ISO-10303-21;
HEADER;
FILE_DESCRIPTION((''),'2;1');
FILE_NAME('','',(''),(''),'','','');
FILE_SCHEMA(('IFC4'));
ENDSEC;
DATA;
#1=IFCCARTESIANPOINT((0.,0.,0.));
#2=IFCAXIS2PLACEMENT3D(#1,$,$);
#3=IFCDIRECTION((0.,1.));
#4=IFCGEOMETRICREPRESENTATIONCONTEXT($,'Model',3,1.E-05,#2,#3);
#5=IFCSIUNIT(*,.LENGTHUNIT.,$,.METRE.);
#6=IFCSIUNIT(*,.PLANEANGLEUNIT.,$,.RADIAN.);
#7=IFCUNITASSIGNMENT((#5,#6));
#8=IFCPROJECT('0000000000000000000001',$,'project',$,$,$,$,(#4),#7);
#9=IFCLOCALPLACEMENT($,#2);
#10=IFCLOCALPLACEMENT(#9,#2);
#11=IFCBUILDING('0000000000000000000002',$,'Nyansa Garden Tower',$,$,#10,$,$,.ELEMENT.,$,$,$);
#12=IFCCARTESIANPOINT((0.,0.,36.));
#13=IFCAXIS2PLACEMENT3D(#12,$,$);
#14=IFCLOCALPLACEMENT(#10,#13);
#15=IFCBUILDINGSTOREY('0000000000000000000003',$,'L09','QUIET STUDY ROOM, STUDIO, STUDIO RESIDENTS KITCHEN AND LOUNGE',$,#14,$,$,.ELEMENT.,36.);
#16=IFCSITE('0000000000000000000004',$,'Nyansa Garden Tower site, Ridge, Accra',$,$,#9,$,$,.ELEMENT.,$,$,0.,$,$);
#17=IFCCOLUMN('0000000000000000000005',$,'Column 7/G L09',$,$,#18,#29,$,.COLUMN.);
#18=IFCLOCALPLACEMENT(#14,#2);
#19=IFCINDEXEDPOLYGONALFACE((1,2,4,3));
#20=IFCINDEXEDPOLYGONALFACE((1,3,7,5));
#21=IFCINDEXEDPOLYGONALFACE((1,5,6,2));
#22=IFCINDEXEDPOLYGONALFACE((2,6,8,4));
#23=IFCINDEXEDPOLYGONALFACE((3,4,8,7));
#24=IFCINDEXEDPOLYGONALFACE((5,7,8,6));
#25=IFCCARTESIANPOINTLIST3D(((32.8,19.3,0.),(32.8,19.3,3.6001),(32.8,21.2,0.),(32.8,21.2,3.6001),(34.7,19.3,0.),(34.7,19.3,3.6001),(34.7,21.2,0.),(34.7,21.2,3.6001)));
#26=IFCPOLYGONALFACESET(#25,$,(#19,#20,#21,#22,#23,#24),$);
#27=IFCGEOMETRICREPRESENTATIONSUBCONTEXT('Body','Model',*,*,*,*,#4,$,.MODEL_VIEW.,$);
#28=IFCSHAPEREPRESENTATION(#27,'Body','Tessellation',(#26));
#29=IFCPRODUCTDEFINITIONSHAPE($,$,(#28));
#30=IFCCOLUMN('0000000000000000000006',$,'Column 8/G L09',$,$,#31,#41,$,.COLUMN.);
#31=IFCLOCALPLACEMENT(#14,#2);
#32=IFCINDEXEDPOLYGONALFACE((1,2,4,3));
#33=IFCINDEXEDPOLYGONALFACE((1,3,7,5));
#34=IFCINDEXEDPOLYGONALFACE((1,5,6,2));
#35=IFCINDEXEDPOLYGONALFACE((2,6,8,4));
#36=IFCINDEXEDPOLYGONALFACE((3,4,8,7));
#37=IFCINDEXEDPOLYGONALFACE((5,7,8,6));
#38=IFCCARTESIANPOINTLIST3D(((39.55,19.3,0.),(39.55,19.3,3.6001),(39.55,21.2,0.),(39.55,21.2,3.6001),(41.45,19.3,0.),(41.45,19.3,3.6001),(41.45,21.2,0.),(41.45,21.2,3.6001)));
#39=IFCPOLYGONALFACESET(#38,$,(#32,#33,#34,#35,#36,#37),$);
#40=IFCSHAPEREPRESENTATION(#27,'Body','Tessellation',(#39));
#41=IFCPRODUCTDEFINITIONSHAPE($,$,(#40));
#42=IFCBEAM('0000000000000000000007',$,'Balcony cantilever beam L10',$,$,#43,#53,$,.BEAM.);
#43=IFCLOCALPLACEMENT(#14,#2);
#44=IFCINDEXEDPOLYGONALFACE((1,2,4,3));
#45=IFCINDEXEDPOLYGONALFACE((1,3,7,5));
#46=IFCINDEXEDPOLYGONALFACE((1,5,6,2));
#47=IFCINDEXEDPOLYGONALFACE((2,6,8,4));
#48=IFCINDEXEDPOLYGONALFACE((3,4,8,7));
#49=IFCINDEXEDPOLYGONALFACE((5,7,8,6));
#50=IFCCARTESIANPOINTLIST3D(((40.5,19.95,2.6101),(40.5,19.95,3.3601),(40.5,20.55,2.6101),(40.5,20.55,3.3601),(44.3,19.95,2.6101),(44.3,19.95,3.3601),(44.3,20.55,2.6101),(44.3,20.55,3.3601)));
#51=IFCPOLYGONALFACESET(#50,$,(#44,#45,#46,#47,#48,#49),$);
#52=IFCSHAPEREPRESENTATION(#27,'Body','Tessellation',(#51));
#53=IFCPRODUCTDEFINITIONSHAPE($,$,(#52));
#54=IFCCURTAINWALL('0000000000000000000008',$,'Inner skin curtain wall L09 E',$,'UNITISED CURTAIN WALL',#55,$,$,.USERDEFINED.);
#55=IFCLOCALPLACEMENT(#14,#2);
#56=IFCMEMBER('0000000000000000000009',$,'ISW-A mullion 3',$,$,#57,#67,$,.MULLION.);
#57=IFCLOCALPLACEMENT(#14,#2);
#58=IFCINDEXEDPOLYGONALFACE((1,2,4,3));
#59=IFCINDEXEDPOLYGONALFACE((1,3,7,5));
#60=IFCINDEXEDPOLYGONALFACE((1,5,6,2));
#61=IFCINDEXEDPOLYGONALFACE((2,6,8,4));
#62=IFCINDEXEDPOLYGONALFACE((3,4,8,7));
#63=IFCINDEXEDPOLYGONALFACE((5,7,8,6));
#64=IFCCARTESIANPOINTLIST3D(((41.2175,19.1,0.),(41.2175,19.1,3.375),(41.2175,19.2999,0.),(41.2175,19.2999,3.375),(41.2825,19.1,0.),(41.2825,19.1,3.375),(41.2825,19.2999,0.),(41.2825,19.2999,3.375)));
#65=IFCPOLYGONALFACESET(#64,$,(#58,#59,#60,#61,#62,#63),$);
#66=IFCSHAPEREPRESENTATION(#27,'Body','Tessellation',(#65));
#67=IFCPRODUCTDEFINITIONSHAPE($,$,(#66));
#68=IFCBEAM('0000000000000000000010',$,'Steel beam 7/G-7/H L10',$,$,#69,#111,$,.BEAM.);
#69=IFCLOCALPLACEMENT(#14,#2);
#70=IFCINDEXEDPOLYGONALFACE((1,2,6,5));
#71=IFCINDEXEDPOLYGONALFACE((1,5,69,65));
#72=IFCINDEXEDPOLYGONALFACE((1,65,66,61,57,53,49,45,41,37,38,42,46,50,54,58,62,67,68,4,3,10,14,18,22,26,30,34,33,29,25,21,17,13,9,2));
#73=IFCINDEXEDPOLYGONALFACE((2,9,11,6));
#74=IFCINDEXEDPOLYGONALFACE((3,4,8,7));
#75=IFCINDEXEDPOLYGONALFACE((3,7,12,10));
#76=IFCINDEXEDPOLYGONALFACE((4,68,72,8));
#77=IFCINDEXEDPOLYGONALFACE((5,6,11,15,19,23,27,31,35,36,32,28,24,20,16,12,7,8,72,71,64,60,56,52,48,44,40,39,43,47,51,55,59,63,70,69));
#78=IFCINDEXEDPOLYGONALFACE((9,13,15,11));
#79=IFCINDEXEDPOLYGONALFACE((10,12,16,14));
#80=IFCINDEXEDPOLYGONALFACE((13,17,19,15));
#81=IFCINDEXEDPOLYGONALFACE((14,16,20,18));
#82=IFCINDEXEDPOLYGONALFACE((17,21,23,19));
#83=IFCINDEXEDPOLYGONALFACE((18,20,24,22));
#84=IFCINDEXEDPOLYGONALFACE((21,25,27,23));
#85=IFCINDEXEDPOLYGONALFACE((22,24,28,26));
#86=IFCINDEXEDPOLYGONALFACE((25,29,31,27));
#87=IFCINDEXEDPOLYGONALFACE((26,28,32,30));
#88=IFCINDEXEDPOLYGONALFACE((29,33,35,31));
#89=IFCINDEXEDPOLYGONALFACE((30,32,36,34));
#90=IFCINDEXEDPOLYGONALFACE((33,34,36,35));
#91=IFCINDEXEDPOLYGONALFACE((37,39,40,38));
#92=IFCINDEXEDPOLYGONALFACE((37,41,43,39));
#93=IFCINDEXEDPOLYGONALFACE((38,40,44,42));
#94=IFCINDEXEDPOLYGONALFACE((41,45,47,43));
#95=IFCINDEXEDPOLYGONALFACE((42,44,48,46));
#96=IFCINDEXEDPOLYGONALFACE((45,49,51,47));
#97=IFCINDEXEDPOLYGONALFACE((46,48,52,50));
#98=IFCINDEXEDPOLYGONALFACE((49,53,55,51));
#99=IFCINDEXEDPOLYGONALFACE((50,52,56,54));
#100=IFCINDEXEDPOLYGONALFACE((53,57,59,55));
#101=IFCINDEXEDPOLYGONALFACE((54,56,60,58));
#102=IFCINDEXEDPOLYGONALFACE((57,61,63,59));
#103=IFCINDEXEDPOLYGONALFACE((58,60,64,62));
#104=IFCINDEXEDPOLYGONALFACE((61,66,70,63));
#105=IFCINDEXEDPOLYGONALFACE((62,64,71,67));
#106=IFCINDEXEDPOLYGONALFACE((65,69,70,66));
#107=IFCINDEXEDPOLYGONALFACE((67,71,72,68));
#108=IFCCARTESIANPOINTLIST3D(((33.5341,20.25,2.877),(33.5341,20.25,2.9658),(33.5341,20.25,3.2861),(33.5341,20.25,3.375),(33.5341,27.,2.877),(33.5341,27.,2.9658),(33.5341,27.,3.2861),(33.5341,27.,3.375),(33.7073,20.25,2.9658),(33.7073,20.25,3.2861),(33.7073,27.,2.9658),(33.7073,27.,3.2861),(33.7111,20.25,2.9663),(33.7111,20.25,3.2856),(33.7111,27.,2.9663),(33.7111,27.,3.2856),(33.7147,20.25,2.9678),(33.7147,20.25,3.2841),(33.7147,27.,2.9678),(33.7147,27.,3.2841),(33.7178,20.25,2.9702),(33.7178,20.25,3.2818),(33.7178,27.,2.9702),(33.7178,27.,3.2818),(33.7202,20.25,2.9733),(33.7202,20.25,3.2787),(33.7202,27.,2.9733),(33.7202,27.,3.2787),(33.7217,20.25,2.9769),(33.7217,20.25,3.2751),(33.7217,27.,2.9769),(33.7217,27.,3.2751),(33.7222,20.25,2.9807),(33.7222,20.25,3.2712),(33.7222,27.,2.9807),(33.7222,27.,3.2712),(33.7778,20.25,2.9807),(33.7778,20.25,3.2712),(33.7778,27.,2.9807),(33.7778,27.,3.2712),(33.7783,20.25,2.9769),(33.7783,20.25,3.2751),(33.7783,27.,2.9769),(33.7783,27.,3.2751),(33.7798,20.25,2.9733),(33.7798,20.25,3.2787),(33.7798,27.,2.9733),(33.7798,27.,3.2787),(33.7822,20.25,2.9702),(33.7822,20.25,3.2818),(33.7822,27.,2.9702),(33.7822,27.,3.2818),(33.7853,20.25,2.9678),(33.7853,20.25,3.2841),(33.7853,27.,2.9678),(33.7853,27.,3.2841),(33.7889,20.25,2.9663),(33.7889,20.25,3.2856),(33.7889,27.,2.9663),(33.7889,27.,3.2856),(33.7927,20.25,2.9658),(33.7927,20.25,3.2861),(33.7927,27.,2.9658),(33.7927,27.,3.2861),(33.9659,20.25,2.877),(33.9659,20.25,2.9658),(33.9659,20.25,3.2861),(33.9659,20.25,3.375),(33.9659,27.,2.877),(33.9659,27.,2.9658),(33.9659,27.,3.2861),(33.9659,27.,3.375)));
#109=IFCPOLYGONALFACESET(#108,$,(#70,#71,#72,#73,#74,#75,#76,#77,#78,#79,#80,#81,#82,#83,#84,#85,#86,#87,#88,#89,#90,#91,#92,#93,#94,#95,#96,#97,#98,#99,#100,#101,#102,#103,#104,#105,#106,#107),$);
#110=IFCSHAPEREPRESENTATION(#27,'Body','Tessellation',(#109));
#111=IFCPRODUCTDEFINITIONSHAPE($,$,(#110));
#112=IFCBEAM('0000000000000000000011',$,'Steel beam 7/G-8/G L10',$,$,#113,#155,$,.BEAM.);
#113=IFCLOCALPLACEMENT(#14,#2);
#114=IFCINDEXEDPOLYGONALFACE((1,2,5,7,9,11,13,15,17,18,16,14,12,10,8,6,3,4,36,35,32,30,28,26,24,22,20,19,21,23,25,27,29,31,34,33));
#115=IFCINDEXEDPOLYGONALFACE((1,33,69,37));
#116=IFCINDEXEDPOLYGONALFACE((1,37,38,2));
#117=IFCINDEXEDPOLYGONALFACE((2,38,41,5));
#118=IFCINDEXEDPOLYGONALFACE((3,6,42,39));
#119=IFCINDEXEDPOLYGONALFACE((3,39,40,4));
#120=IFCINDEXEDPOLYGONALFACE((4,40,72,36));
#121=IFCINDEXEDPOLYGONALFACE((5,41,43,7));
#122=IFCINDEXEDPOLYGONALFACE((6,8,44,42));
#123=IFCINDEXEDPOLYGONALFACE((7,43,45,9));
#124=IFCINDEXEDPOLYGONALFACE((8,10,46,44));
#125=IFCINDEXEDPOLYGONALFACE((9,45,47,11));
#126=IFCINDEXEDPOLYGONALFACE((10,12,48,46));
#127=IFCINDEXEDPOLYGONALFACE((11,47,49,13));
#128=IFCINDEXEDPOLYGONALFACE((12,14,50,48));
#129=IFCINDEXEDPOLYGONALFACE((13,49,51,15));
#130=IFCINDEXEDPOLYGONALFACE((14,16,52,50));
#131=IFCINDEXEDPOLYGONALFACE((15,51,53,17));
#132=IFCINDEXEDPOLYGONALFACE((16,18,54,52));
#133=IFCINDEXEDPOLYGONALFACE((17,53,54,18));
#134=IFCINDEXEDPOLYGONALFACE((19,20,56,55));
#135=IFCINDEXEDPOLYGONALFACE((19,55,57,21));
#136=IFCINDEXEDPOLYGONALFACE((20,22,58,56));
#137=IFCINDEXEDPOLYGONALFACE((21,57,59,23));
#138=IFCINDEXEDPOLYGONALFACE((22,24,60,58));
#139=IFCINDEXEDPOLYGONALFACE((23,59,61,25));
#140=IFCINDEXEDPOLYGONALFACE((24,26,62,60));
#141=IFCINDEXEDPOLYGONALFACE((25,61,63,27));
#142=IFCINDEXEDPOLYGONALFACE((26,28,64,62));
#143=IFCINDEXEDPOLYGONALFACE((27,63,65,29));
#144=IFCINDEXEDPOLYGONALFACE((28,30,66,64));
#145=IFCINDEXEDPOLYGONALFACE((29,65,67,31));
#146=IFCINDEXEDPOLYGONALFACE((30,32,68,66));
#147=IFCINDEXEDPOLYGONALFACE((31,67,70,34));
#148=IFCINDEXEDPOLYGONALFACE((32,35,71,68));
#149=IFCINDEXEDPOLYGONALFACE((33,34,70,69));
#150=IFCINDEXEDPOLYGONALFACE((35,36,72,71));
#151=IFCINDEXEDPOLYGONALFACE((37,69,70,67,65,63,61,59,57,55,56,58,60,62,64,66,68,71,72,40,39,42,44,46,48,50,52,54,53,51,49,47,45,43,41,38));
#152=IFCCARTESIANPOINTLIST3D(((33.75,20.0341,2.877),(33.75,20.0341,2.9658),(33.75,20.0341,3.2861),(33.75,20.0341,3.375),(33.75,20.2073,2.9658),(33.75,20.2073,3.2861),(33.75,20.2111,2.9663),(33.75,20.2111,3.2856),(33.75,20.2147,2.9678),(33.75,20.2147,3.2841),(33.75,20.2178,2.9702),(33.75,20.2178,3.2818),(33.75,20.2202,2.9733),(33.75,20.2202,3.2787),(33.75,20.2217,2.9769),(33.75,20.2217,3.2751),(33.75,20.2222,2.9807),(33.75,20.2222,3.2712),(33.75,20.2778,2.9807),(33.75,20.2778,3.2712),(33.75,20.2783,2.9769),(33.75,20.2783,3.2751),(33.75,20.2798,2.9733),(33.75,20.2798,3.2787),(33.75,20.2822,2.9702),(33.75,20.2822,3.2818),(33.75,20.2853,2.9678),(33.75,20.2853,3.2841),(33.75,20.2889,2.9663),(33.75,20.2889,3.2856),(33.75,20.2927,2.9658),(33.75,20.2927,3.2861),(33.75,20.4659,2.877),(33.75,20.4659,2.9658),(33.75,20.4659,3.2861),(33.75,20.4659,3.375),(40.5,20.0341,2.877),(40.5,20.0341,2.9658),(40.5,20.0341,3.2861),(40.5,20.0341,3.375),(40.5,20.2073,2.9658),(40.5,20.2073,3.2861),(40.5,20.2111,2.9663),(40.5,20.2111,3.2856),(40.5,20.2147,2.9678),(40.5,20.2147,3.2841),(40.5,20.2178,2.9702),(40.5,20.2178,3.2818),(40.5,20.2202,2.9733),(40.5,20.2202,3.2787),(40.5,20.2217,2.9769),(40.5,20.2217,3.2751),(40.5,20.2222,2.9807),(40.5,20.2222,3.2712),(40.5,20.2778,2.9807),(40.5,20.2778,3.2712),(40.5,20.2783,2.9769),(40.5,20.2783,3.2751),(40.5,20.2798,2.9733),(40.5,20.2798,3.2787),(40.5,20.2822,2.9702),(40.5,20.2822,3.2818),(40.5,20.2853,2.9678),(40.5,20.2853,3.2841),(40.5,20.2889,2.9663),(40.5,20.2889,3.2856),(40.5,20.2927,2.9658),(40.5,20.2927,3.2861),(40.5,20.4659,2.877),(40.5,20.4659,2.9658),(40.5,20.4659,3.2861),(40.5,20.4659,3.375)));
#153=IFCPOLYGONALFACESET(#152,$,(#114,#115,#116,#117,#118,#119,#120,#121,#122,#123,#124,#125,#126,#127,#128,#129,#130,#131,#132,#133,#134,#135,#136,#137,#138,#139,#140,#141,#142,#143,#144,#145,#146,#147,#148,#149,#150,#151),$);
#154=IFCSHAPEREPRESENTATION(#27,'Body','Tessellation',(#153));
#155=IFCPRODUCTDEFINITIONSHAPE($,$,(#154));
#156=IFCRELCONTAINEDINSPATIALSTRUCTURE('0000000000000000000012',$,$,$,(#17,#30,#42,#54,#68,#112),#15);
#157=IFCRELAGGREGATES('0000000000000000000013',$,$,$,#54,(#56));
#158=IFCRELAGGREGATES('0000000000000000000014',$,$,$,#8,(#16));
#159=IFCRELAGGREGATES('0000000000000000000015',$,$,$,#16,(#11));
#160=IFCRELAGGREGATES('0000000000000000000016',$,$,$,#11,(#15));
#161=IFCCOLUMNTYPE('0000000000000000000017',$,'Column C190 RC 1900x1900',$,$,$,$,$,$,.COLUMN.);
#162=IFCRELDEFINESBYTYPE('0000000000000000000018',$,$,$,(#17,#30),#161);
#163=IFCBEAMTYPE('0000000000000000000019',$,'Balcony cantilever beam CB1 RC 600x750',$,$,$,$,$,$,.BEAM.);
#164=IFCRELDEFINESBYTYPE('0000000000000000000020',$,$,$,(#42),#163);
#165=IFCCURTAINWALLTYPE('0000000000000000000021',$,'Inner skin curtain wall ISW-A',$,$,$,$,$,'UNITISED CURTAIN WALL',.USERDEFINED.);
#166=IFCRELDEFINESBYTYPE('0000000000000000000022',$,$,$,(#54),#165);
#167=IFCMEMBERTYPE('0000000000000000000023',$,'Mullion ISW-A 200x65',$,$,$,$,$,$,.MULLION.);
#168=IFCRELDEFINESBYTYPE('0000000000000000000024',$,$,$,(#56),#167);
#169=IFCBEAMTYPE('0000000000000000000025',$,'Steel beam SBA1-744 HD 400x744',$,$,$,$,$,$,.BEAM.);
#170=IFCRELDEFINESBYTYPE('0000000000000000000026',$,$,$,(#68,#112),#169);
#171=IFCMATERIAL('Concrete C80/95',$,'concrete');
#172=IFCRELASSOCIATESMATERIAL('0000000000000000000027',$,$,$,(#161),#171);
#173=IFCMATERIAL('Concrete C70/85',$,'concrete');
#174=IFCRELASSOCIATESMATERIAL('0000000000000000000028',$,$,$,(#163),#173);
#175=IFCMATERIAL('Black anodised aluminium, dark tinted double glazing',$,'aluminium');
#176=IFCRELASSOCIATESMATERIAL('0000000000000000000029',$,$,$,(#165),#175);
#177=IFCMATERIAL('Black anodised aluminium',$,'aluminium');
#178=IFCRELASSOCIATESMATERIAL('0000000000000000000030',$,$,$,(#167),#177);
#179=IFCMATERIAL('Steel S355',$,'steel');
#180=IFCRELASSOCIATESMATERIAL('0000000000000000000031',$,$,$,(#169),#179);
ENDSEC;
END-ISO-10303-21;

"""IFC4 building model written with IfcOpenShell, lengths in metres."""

from ifc_helpers import new_model, si_unit, direction, frame, origin, origin_2d, place, context, subcontext, project, spatial, rectangle, i_section, extrude, material, material_profile, profile_set, type_object, element, aggregate, save


model = new_model("IFC4")

# Units and contexts
model_context = context("Model", 3, precision=1e-05, world=origin(), true_north=direction((0.0, 1.0)))
body_context = subcontext(model_context, "Body", "Model", "MODEL_VIEW")
ifc_project = project(units=[si_unit("LENGTHUNIT", "METRE"), si_unit("PLANEANGLEUNIT", "RADIAN")], contexts=[model_context])

# Site, building, storey
site_placement = place(None, origin())
site = spatial("IfcSite", under=ifc_project, at=site_placement, Name="Nyansa Garden Tower site, Ridge, Accra", CompositionType="ELEMENT", RefElevation=0.0)
building_placement = place(site_placement, origin())
building = spatial("IfcBuilding", under=site, at=building_placement, Name="Nyansa Garden Tower", CompositionType="ELEMENT")
storey_placement = place(building_placement, frame((0.0, 0.0, 36.0)))
storey = spatial("IfcBuildingStorey", under=building, at=storey_placement, Name="L09", Description="QUIET STUDY ROOM, STUDIO, STUDIO RESIDENTS KITCHEN AND LOUNGE", CompositionType="ELEMENT", Elevation=36.0)

# Columns
ifc_material_1 = material(Name="Concrete C80/95", Category="concrete")
ifc_material_profile_1 = material_profile(ifc_material_1, rectangle(XDim=1.8999, YDim=1.8999, at=origin_2d()), Name="RC 1900x1900")
ifc_profile_set_1 = profile_set([ifc_material_profile_1], Name="Concrete C80/95")
column_type = type_object("IfcColumnType", Name="Column C190 RC 1900x1900", PredefinedType="COLUMN", material=ifc_profile_set_1)
for number, where, z_axis, x_axis, name in (
    (1, (33.75, 20.25, 0.0), (0.0, 0.0, 1.0), (1.0, 0.0, 0.0), "Column 7/G L09"),
    (2, (40.5, 20.25, 0.0), (0.0, 0.0, 1.0), (1.0, 0.0, 0.0), "Column 8/G L09"),
):
    element("IfcColumn", number, at=place(storey_placement, frame(where, z_axis=z_axis, x_axis=x_axis)), inside=storey, type_object=column_type, Name=name, PredefinedType="COLUMN", context=body_context, shape_type="SweptSolid", body=[
        extrude(rectangle(XDim=1.8999, YDim=1.8999, at=origin_2d()), origin(), (0.0, 0.0, 1.0), 3.6001),
    ])

# Beam
ifc_material_2 = material(Name="Concrete C70/85", Category="concrete")
ifc_material_profile_2 = material_profile(ifc_material_2, rectangle(XDim=0.6001, YDim=0.75, at=origin_2d()), Name="RC 600x750")
ifc_profile_set_2 = profile_set([ifc_material_profile_2], Name="Concrete C70/85")
beam_type_1 = type_object("IfcBeamType", Name="Balcony cantilever beam CB1 RC 600x750", PredefinedType="BEAM", material=ifc_profile_set_2)
beam_1_placement = place(storey_placement, frame((40.5, 20.25, 2.9851), z_axis=(1.0, 0.0, 0.0), x_axis=(0.0, 1.0, 0.0)))
element("IfcBeam", 3, at=beam_1_placement, inside=storey, type_object=beam_type_1, Name="Balcony cantilever beam L10", PredefinedType="BEAM", context=body_context, shape_type="SweptSolid", body=[
    extrude(rectangle(XDim=0.6001, YDim=0.75, at=origin_2d()), origin(), (0.0, 0.0, 1.0), 3.8),
])

# Curtain wall, member
ifc_material_3 = material(Name="Black anodised aluminium, dark tinted double glazing", Category="aluminium")
curtain_wall_type = type_object("IfcCurtainWallType", Name="Inner skin curtain wall ISW-A", ElementType="UNITISED CURTAIN WALL", PredefinedType="USERDEFINED", material=ifc_material_3)
curtain_wall_placement = place(storey_placement, origin())
curtain_wall = element("IfcCurtainWall", 4, at=curtain_wall_placement, inside=storey, type_object=curtain_wall_type, Name="Inner skin curtain wall L09 E", ObjectType="UNITISED CURTAIN WALL", PredefinedType="USERDEFINED")
ifc_material_4 = material(Name="Black anodised aluminium", Category="aluminium")
ifc_material_profile_3 = material_profile(ifc_material_4, rectangle(XDim=0.0649, YDim=0.2, at=origin_2d()), Name="Mullion 200x65")
ifc_profile_set_3 = profile_set([ifc_material_profile_3], Name="Black anodised aluminium")
member_type = type_object("IfcMemberType", Name="Mullion ISW-A 200x65", PredefinedType="MULLION", material=ifc_profile_set_3)
member_placement = place(storey_placement, frame((41.25, 19.2, 0.0), z_axis=(0.0, 0.0, 1.0), x_axis=(-1.0, 0.0, 0.0)))
member = element("IfcMember", 5, at=member_placement, type_object=member_type, Name="ISW-A mullion 3", PredefinedType="MULLION", context=body_context, shape_type="SweptSolid", body=[
    extrude(rectangle(XDim=0.0649, YDim=0.2, at=origin_2d()), origin(), (0.0, 0.0, 1.0), 3.375),
])
aggregate(curtain_wall, [member])

# Beams
ifc_material_5 = material(Name="Steel S355", Category="steel")
ifc_material_profile_4 = material_profile(ifc_material_5, i_section(OverallWidth=0.4319, OverallDepth=0.498, WebThickness=0.0557, FlangeThickness=0.0889, FilletRadius=0.0149, at=origin_2d()), Name="HD 400x744")
ifc_profile_set_4 = profile_set([ifc_material_profile_4], Name="Steel S355")
beam_type_2 = type_object("IfcBeamType", Name="Steel beam SBA1-744 HD 400x744", PredefinedType="BEAM", material=ifc_profile_set_4)
for number, where, z_axis, x_axis, name in (
    (6, (33.75, 20.25, 3.126), (0.0, 1.0, 0.0), (-1.0, 0.0, 0.0), "Steel beam 7/G-7/H L10"),
    (7, (33.75, 20.25, 3.126), (1.0, 0.0, 0.0), (0.0, 1.0, 0.0), "Steel beam 7/G-8/G L10"),
):
    element("IfcBeam", number, at=place(storey_placement, frame(where, z_axis=z_axis, x_axis=x_axis)), inside=storey, type_object=beam_type_2, Name=name, PredefinedType="BEAM", context=body_context, shape_type="SweptSolid", body=[
        extrude(i_section(OverallWidth=0.4319, OverallDepth=0.498, WebThickness=0.0557, FlangeThickness=0.0889, FilletRadius=0.0149, at=origin_2d()), origin(), (0.0, 0.0, 1.0), 6.75),
    ])

save(model, "model.ifc")
